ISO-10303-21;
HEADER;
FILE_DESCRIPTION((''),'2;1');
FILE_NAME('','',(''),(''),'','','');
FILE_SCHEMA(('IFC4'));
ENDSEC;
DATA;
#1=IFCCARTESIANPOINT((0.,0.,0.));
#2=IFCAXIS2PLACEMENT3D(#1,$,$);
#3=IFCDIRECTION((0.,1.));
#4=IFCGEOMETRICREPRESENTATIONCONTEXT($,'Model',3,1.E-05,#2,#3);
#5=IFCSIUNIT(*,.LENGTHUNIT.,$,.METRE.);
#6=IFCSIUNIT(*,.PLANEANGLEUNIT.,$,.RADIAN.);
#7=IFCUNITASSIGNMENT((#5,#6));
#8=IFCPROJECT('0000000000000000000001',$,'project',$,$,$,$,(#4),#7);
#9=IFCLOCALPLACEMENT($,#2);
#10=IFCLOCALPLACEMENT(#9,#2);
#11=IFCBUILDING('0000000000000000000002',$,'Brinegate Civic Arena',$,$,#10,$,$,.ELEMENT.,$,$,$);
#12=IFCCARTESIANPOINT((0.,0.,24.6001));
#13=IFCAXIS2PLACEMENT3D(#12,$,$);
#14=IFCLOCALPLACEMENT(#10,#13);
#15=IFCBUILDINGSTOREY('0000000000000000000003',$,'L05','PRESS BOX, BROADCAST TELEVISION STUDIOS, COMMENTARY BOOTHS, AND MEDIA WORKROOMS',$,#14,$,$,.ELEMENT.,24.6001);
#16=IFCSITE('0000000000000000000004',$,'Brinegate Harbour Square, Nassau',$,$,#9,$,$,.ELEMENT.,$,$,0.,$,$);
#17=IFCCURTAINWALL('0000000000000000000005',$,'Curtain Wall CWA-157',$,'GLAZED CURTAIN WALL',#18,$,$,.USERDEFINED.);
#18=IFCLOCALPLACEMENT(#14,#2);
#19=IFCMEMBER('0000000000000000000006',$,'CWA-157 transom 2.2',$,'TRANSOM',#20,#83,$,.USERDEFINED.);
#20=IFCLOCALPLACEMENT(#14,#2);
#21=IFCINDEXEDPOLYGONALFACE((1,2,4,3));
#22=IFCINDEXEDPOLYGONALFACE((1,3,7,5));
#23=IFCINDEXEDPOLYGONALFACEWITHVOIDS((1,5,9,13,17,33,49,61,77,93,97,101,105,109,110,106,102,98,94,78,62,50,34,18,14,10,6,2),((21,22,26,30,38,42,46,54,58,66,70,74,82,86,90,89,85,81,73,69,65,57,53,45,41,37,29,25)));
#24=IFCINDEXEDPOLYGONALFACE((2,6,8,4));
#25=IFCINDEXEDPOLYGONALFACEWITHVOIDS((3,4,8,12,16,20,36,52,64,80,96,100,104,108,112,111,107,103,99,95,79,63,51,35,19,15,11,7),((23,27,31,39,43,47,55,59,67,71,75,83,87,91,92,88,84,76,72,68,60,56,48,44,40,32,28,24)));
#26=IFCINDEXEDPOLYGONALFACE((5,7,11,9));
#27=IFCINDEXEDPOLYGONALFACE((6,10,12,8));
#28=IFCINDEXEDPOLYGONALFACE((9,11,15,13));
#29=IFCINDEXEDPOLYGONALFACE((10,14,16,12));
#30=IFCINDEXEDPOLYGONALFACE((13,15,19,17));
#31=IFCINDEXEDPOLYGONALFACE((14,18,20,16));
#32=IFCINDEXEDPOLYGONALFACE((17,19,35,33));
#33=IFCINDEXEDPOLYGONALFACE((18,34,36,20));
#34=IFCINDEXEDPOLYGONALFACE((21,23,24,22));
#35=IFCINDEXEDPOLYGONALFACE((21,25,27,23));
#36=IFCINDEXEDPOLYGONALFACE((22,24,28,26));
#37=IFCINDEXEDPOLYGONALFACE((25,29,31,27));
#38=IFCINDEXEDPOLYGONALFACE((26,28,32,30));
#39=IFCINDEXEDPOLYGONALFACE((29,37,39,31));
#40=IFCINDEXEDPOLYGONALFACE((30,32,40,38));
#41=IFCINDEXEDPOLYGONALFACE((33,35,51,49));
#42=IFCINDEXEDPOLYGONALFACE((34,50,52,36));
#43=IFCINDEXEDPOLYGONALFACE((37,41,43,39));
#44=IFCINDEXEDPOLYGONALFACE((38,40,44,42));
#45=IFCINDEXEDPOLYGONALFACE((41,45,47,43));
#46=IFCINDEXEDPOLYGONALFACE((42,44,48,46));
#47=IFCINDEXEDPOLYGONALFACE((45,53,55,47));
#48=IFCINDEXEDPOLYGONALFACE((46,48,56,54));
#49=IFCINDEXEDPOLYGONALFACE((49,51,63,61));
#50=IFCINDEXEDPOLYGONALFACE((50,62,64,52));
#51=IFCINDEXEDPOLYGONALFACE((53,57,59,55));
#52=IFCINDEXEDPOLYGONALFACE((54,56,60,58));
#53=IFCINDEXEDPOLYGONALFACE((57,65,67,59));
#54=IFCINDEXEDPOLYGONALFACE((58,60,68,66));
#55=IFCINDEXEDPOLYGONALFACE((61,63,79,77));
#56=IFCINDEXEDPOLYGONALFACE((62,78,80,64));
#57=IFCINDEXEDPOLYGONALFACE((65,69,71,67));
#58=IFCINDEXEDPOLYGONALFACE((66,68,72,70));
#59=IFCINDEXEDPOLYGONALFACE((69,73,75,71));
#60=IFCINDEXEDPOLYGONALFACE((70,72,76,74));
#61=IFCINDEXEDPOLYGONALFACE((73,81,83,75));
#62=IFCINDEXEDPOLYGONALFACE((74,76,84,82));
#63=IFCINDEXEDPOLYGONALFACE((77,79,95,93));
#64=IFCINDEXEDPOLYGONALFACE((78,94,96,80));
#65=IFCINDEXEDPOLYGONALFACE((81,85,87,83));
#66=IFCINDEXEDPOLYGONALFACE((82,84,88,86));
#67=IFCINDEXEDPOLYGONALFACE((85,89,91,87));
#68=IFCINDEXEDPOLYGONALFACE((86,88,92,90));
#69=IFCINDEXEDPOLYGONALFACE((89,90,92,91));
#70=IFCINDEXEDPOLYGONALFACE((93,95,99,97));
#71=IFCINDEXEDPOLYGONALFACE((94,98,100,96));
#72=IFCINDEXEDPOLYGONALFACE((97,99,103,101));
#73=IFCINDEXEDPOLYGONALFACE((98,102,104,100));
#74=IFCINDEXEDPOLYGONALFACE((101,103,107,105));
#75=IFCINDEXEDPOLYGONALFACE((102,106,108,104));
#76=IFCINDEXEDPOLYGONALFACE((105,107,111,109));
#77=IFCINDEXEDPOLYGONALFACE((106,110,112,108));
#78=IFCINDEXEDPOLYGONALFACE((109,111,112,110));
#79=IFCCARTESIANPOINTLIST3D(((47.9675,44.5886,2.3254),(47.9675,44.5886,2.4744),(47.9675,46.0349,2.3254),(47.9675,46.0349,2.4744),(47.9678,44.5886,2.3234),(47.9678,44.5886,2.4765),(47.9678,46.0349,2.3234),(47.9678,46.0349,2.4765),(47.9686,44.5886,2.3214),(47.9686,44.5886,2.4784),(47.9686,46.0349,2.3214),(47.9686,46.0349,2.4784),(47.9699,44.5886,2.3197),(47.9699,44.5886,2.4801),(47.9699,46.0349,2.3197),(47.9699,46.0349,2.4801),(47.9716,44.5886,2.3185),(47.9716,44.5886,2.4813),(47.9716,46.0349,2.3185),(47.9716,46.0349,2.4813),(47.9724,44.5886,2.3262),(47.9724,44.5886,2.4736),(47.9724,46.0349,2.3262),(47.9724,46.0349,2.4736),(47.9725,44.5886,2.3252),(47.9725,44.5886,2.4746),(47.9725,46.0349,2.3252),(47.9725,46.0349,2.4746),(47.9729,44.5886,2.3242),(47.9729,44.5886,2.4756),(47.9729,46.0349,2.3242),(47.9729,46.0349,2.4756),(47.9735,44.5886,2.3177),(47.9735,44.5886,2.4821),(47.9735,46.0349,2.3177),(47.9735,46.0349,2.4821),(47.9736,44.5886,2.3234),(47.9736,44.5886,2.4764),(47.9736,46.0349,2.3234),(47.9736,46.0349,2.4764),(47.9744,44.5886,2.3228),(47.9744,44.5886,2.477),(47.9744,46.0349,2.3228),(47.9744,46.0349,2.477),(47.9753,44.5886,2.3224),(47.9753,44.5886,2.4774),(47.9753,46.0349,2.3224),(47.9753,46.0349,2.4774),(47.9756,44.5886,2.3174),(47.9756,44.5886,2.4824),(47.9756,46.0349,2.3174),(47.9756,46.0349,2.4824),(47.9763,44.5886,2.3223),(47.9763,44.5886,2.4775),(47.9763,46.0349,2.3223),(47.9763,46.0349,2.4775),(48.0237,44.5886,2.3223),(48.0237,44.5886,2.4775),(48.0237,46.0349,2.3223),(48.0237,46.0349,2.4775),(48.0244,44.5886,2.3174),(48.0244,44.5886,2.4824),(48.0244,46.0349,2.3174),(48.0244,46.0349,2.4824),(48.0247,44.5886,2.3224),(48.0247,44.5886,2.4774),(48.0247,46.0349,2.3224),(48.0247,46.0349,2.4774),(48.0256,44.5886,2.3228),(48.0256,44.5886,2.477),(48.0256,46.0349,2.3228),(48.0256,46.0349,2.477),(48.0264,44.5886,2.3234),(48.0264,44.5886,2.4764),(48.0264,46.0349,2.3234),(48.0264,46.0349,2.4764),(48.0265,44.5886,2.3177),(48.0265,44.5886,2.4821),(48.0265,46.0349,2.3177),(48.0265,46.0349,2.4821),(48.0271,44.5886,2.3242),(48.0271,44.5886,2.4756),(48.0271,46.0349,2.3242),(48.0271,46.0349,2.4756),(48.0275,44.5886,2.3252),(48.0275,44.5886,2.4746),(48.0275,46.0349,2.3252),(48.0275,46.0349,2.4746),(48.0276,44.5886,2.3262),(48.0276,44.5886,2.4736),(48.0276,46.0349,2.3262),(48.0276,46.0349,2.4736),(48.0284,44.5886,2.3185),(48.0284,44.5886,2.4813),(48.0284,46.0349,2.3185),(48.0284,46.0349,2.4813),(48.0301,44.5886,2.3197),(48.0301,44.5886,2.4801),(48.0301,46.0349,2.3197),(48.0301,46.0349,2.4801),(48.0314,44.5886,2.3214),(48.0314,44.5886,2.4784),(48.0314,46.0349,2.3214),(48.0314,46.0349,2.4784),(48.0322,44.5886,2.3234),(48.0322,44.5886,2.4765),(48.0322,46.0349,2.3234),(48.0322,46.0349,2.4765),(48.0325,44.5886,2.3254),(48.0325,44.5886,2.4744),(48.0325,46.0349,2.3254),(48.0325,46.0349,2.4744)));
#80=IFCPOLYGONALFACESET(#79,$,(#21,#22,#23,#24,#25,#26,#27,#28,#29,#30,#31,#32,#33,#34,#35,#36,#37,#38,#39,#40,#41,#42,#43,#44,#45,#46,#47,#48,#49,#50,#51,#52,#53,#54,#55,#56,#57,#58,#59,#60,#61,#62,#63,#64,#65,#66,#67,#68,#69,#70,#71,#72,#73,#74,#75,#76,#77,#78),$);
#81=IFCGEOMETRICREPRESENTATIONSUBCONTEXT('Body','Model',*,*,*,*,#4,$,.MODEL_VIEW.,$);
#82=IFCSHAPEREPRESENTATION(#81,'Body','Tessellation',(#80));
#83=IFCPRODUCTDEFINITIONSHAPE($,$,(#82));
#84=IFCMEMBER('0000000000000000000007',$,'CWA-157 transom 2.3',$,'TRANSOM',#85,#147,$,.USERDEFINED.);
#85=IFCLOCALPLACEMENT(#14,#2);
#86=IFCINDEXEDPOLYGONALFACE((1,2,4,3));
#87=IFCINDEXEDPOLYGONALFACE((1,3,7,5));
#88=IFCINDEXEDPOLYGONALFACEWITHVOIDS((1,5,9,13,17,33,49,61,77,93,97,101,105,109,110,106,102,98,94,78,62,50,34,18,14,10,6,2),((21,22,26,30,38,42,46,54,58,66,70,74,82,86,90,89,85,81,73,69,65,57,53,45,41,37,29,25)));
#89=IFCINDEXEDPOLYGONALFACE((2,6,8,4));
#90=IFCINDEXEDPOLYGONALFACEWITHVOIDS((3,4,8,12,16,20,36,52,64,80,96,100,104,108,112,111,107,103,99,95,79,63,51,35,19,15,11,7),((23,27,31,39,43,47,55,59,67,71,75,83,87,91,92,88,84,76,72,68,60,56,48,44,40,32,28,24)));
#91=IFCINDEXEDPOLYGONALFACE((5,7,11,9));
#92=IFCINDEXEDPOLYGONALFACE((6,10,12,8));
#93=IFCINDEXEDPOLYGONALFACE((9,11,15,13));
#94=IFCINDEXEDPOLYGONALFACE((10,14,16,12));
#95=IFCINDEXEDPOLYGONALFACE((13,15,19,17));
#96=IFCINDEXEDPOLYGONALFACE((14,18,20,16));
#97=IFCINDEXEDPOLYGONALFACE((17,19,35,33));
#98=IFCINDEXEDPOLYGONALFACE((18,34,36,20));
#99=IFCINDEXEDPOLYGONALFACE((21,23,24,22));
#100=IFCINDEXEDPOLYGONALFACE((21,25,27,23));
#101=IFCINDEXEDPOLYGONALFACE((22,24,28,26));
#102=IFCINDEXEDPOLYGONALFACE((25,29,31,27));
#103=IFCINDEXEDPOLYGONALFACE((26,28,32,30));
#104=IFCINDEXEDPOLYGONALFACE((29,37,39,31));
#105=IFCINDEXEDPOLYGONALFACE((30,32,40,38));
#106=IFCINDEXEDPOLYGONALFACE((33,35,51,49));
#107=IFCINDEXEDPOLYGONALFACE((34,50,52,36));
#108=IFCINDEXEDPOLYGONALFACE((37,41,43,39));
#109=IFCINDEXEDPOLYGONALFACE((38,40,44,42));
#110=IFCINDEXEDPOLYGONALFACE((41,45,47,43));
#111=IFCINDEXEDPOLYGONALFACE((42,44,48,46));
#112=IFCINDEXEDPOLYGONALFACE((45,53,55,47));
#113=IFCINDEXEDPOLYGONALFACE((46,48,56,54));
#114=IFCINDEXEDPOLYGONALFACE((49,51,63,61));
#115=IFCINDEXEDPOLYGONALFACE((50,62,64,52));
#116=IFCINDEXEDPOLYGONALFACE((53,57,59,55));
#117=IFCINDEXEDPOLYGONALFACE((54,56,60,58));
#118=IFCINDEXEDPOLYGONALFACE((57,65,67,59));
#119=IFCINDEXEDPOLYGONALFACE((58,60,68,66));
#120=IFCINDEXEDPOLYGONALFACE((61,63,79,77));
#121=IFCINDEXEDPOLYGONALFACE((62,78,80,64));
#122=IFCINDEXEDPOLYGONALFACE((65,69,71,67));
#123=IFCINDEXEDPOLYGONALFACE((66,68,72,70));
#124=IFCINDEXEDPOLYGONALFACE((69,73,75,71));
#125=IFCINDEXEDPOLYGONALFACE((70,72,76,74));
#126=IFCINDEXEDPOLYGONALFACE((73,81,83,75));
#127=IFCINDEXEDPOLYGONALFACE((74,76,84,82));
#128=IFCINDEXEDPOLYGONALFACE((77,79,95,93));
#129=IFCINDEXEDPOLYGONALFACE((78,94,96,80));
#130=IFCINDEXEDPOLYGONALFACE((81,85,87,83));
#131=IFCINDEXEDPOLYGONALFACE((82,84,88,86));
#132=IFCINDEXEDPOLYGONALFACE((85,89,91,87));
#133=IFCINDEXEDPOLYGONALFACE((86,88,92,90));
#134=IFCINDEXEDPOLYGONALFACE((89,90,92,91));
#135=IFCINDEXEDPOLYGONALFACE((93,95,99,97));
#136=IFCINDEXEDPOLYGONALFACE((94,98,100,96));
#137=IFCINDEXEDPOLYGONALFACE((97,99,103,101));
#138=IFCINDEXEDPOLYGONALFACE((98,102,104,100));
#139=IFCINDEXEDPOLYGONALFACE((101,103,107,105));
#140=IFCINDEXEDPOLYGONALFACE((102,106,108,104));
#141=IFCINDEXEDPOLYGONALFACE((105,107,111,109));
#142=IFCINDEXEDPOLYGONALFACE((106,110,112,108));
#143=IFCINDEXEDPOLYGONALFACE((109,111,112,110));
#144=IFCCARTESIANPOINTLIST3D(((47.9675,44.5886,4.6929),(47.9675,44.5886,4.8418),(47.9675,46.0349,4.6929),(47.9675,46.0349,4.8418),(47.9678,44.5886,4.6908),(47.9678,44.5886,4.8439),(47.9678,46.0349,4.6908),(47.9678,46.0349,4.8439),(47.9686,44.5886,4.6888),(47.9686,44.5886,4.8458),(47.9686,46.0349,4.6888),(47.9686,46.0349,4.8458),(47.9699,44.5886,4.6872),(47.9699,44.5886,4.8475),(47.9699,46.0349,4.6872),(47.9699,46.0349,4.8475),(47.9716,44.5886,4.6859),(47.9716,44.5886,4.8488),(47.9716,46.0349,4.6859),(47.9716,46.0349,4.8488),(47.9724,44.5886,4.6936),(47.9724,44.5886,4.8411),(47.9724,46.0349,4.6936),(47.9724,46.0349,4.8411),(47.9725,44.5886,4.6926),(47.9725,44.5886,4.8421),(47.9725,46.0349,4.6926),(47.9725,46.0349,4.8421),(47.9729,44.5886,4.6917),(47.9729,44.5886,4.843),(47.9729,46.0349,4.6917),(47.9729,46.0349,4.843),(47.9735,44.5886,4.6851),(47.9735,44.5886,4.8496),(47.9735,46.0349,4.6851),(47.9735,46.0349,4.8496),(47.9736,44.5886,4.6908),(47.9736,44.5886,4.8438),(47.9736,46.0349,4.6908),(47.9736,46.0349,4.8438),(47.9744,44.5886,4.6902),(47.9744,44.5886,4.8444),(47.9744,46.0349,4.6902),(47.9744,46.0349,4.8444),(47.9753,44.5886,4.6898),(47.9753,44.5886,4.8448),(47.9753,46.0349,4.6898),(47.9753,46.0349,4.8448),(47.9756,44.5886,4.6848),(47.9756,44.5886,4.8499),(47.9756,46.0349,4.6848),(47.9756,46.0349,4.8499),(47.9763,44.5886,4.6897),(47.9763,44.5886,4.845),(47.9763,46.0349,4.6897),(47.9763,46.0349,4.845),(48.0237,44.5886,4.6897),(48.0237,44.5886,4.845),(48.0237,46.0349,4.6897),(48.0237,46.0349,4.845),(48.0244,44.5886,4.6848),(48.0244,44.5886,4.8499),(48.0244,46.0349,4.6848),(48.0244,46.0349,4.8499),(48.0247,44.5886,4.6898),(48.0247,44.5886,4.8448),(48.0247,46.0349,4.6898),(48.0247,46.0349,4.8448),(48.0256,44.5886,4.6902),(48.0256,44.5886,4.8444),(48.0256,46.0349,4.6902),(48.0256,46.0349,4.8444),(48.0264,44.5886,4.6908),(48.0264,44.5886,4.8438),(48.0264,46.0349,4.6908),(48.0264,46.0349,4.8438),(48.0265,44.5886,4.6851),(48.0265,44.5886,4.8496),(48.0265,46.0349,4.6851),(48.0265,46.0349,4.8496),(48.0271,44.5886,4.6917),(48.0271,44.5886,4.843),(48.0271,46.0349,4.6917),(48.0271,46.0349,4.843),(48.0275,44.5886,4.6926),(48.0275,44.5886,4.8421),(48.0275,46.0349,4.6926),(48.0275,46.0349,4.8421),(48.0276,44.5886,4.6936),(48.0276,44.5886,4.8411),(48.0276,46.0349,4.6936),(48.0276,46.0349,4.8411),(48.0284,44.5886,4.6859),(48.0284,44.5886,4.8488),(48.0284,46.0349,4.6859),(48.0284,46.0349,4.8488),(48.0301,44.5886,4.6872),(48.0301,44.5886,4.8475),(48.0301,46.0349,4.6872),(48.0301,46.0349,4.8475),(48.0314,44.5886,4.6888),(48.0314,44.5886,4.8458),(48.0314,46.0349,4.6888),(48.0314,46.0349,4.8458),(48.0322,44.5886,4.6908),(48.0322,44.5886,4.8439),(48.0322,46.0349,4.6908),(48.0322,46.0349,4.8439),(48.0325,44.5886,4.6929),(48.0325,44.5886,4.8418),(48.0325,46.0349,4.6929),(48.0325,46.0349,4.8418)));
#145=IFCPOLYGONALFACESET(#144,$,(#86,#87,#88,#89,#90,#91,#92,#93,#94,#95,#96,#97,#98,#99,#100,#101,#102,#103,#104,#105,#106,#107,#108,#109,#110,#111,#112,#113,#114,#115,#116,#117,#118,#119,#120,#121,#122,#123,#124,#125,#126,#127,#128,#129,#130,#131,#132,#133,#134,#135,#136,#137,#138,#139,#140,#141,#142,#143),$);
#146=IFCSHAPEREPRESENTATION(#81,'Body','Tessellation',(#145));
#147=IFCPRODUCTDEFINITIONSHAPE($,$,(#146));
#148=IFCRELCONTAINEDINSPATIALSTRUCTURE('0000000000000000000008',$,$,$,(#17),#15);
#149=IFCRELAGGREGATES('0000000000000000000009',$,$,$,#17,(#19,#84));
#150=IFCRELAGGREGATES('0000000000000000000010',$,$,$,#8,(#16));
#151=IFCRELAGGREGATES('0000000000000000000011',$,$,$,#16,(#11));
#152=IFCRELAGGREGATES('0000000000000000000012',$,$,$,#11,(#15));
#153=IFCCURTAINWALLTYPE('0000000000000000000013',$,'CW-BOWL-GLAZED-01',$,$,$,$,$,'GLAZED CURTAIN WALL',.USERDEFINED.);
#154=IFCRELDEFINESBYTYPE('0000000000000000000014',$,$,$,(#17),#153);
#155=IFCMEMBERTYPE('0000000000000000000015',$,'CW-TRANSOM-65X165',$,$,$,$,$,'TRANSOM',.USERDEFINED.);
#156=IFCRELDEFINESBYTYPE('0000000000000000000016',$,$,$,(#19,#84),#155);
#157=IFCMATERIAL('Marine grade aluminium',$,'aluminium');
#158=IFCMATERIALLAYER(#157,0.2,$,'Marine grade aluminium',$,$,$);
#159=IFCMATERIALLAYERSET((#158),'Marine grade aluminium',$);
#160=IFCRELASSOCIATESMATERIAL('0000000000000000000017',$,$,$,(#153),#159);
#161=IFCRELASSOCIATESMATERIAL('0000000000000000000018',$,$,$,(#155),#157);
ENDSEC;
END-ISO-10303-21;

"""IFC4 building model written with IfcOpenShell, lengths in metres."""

from ifc_helpers import new_model, si_unit, direction, frame, origin, origin_2d, place, context, subcontext, project, spatial, hollow_rectangle, extrude, material, layer, layer_set, material_profile, profile_set, type_object, element, aggregate, save


model = new_model("IFC4")

# Units and contexts
model_context = context("Model", 3, precision=1e-05, world=origin(), true_north=direction((0.0, 1.0)))
body_context = subcontext(model_context, "Body", "Model", "MODEL_VIEW")
ifc_project = project(units=[si_unit("LENGTHUNIT", "METRE"), si_unit("PLANEANGLEUNIT", "RADIAN")], contexts=[model_context])

# Site, building, storey
site_placement = place(None, origin())
site = spatial("IfcSite", under=ifc_project, at=site_placement, Name="Brinegate Harbour Square, Nassau", CompositionType="ELEMENT", RefElevation=0.0)
building_placement = place(site_placement, origin())
building = spatial("IfcBuilding", under=site, at=building_placement, Name="Brinegate Civic Arena", CompositionType="ELEMENT")
storey_placement = place(building_placement, frame((0.0, 0.0, 24.6001)))
storey = spatial("IfcBuildingStorey", under=building, at=storey_placement, Name="L05", Description="PRESS BOX, BROADCAST TELEVISION STUDIOS, COMMENTARY BOOTHS, AND MEDIA WORKROOMS", CompositionType="ELEMENT", Elevation=24.6001)

# Curtain wall, members
ifc_material_1 = material(Name="Marine grade aluminium", Category="aluminium")
ifc_layer_1 = layer(ifc_material_1, 0.2, Name="Marine grade aluminium")
ifc_layer_set_1 = layer_set([ifc_layer_1], Name="Marine grade aluminium")
curtain_wall_type = type_object("IfcCurtainWallType", Name="CW-BOWL-GLAZED-01", ElementType="GLAZED CURTAIN WALL", PredefinedType="USERDEFINED", material=ifc_layer_set_1)
curtain_wall_placement = place(storey_placement, origin())
curtain_wall = element("IfcCurtainWall", 1, at=curtain_wall_placement, inside=storey, type_object=curtain_wall_type, Name="Curtain Wall CWA-157", ObjectType="GLAZED CURTAIN WALL", PredefinedType="USERDEFINED")
ifc_material_profile_1 = material_profile(ifc_material_1, hollow_rectangle(XDim=0.0649, YDim=0.165, WallThickness=0.0049, InnerFilletRadius=0.0039, OuterFilletRadius=0.0081, at=origin_2d()), Name="TRN65X165")
ifc_profile_set_1 = profile_set([ifc_material_profile_1], Name="Marine grade aluminium")
member_type_1 = type_object("IfcMemberType", Name="CW-TRANSOM-65X165", ElementType="TRANSOM", PredefinedType="USERDEFINED", material=ifc_profile_set_1)
member_1_placement = place(storey_placement, frame((48.0, 44.5886, 2.3999), z_axis=(0.0, 1.0, 0.0), x_axis=(-1.0, 0.0, 0.0)))
member_1 = element("IfcMember", 2, at=member_1_placement, type_object=member_type_1, Name="CWA-157 transom 2.2", ObjectType="TRANSOM", PredefinedType="USERDEFINED", context=body_context, shape_type="SweptSolid", body=[
    extrude(hollow_rectangle(XDim=0.0649, YDim=0.165, WallThickness=0.0049, InnerFilletRadius=0.0039, OuterFilletRadius=0.0081, at=origin_2d()), origin(), (0.0, 0.0, 1.0), 1.4463),
])
member_2_placement = place(storey_placement, frame((48.0, 44.5886, 4.7673), z_axis=(0.0, 1.0, 0.0), x_axis=(-1.0, 0.0, 0.0)))
member_2 = element("IfcMember", 3, at=member_2_placement, type_object=member_type_1, Name="CWA-157 transom 2.3", ObjectType="TRANSOM", PredefinedType="USERDEFINED", context=body_context, shape_type="SweptSolid", body=[
    extrude(hollow_rectangle(XDim=0.0649, YDim=0.165, WallThickness=0.0049, InnerFilletRadius=0.0039, OuterFilletRadius=0.0081, at=origin_2d()), origin(), (0.0, 0.0, 1.0), 1.4463),
])

aggregate(curtain_wall, [member_1, member_2])

save(model, "model.ifc")
